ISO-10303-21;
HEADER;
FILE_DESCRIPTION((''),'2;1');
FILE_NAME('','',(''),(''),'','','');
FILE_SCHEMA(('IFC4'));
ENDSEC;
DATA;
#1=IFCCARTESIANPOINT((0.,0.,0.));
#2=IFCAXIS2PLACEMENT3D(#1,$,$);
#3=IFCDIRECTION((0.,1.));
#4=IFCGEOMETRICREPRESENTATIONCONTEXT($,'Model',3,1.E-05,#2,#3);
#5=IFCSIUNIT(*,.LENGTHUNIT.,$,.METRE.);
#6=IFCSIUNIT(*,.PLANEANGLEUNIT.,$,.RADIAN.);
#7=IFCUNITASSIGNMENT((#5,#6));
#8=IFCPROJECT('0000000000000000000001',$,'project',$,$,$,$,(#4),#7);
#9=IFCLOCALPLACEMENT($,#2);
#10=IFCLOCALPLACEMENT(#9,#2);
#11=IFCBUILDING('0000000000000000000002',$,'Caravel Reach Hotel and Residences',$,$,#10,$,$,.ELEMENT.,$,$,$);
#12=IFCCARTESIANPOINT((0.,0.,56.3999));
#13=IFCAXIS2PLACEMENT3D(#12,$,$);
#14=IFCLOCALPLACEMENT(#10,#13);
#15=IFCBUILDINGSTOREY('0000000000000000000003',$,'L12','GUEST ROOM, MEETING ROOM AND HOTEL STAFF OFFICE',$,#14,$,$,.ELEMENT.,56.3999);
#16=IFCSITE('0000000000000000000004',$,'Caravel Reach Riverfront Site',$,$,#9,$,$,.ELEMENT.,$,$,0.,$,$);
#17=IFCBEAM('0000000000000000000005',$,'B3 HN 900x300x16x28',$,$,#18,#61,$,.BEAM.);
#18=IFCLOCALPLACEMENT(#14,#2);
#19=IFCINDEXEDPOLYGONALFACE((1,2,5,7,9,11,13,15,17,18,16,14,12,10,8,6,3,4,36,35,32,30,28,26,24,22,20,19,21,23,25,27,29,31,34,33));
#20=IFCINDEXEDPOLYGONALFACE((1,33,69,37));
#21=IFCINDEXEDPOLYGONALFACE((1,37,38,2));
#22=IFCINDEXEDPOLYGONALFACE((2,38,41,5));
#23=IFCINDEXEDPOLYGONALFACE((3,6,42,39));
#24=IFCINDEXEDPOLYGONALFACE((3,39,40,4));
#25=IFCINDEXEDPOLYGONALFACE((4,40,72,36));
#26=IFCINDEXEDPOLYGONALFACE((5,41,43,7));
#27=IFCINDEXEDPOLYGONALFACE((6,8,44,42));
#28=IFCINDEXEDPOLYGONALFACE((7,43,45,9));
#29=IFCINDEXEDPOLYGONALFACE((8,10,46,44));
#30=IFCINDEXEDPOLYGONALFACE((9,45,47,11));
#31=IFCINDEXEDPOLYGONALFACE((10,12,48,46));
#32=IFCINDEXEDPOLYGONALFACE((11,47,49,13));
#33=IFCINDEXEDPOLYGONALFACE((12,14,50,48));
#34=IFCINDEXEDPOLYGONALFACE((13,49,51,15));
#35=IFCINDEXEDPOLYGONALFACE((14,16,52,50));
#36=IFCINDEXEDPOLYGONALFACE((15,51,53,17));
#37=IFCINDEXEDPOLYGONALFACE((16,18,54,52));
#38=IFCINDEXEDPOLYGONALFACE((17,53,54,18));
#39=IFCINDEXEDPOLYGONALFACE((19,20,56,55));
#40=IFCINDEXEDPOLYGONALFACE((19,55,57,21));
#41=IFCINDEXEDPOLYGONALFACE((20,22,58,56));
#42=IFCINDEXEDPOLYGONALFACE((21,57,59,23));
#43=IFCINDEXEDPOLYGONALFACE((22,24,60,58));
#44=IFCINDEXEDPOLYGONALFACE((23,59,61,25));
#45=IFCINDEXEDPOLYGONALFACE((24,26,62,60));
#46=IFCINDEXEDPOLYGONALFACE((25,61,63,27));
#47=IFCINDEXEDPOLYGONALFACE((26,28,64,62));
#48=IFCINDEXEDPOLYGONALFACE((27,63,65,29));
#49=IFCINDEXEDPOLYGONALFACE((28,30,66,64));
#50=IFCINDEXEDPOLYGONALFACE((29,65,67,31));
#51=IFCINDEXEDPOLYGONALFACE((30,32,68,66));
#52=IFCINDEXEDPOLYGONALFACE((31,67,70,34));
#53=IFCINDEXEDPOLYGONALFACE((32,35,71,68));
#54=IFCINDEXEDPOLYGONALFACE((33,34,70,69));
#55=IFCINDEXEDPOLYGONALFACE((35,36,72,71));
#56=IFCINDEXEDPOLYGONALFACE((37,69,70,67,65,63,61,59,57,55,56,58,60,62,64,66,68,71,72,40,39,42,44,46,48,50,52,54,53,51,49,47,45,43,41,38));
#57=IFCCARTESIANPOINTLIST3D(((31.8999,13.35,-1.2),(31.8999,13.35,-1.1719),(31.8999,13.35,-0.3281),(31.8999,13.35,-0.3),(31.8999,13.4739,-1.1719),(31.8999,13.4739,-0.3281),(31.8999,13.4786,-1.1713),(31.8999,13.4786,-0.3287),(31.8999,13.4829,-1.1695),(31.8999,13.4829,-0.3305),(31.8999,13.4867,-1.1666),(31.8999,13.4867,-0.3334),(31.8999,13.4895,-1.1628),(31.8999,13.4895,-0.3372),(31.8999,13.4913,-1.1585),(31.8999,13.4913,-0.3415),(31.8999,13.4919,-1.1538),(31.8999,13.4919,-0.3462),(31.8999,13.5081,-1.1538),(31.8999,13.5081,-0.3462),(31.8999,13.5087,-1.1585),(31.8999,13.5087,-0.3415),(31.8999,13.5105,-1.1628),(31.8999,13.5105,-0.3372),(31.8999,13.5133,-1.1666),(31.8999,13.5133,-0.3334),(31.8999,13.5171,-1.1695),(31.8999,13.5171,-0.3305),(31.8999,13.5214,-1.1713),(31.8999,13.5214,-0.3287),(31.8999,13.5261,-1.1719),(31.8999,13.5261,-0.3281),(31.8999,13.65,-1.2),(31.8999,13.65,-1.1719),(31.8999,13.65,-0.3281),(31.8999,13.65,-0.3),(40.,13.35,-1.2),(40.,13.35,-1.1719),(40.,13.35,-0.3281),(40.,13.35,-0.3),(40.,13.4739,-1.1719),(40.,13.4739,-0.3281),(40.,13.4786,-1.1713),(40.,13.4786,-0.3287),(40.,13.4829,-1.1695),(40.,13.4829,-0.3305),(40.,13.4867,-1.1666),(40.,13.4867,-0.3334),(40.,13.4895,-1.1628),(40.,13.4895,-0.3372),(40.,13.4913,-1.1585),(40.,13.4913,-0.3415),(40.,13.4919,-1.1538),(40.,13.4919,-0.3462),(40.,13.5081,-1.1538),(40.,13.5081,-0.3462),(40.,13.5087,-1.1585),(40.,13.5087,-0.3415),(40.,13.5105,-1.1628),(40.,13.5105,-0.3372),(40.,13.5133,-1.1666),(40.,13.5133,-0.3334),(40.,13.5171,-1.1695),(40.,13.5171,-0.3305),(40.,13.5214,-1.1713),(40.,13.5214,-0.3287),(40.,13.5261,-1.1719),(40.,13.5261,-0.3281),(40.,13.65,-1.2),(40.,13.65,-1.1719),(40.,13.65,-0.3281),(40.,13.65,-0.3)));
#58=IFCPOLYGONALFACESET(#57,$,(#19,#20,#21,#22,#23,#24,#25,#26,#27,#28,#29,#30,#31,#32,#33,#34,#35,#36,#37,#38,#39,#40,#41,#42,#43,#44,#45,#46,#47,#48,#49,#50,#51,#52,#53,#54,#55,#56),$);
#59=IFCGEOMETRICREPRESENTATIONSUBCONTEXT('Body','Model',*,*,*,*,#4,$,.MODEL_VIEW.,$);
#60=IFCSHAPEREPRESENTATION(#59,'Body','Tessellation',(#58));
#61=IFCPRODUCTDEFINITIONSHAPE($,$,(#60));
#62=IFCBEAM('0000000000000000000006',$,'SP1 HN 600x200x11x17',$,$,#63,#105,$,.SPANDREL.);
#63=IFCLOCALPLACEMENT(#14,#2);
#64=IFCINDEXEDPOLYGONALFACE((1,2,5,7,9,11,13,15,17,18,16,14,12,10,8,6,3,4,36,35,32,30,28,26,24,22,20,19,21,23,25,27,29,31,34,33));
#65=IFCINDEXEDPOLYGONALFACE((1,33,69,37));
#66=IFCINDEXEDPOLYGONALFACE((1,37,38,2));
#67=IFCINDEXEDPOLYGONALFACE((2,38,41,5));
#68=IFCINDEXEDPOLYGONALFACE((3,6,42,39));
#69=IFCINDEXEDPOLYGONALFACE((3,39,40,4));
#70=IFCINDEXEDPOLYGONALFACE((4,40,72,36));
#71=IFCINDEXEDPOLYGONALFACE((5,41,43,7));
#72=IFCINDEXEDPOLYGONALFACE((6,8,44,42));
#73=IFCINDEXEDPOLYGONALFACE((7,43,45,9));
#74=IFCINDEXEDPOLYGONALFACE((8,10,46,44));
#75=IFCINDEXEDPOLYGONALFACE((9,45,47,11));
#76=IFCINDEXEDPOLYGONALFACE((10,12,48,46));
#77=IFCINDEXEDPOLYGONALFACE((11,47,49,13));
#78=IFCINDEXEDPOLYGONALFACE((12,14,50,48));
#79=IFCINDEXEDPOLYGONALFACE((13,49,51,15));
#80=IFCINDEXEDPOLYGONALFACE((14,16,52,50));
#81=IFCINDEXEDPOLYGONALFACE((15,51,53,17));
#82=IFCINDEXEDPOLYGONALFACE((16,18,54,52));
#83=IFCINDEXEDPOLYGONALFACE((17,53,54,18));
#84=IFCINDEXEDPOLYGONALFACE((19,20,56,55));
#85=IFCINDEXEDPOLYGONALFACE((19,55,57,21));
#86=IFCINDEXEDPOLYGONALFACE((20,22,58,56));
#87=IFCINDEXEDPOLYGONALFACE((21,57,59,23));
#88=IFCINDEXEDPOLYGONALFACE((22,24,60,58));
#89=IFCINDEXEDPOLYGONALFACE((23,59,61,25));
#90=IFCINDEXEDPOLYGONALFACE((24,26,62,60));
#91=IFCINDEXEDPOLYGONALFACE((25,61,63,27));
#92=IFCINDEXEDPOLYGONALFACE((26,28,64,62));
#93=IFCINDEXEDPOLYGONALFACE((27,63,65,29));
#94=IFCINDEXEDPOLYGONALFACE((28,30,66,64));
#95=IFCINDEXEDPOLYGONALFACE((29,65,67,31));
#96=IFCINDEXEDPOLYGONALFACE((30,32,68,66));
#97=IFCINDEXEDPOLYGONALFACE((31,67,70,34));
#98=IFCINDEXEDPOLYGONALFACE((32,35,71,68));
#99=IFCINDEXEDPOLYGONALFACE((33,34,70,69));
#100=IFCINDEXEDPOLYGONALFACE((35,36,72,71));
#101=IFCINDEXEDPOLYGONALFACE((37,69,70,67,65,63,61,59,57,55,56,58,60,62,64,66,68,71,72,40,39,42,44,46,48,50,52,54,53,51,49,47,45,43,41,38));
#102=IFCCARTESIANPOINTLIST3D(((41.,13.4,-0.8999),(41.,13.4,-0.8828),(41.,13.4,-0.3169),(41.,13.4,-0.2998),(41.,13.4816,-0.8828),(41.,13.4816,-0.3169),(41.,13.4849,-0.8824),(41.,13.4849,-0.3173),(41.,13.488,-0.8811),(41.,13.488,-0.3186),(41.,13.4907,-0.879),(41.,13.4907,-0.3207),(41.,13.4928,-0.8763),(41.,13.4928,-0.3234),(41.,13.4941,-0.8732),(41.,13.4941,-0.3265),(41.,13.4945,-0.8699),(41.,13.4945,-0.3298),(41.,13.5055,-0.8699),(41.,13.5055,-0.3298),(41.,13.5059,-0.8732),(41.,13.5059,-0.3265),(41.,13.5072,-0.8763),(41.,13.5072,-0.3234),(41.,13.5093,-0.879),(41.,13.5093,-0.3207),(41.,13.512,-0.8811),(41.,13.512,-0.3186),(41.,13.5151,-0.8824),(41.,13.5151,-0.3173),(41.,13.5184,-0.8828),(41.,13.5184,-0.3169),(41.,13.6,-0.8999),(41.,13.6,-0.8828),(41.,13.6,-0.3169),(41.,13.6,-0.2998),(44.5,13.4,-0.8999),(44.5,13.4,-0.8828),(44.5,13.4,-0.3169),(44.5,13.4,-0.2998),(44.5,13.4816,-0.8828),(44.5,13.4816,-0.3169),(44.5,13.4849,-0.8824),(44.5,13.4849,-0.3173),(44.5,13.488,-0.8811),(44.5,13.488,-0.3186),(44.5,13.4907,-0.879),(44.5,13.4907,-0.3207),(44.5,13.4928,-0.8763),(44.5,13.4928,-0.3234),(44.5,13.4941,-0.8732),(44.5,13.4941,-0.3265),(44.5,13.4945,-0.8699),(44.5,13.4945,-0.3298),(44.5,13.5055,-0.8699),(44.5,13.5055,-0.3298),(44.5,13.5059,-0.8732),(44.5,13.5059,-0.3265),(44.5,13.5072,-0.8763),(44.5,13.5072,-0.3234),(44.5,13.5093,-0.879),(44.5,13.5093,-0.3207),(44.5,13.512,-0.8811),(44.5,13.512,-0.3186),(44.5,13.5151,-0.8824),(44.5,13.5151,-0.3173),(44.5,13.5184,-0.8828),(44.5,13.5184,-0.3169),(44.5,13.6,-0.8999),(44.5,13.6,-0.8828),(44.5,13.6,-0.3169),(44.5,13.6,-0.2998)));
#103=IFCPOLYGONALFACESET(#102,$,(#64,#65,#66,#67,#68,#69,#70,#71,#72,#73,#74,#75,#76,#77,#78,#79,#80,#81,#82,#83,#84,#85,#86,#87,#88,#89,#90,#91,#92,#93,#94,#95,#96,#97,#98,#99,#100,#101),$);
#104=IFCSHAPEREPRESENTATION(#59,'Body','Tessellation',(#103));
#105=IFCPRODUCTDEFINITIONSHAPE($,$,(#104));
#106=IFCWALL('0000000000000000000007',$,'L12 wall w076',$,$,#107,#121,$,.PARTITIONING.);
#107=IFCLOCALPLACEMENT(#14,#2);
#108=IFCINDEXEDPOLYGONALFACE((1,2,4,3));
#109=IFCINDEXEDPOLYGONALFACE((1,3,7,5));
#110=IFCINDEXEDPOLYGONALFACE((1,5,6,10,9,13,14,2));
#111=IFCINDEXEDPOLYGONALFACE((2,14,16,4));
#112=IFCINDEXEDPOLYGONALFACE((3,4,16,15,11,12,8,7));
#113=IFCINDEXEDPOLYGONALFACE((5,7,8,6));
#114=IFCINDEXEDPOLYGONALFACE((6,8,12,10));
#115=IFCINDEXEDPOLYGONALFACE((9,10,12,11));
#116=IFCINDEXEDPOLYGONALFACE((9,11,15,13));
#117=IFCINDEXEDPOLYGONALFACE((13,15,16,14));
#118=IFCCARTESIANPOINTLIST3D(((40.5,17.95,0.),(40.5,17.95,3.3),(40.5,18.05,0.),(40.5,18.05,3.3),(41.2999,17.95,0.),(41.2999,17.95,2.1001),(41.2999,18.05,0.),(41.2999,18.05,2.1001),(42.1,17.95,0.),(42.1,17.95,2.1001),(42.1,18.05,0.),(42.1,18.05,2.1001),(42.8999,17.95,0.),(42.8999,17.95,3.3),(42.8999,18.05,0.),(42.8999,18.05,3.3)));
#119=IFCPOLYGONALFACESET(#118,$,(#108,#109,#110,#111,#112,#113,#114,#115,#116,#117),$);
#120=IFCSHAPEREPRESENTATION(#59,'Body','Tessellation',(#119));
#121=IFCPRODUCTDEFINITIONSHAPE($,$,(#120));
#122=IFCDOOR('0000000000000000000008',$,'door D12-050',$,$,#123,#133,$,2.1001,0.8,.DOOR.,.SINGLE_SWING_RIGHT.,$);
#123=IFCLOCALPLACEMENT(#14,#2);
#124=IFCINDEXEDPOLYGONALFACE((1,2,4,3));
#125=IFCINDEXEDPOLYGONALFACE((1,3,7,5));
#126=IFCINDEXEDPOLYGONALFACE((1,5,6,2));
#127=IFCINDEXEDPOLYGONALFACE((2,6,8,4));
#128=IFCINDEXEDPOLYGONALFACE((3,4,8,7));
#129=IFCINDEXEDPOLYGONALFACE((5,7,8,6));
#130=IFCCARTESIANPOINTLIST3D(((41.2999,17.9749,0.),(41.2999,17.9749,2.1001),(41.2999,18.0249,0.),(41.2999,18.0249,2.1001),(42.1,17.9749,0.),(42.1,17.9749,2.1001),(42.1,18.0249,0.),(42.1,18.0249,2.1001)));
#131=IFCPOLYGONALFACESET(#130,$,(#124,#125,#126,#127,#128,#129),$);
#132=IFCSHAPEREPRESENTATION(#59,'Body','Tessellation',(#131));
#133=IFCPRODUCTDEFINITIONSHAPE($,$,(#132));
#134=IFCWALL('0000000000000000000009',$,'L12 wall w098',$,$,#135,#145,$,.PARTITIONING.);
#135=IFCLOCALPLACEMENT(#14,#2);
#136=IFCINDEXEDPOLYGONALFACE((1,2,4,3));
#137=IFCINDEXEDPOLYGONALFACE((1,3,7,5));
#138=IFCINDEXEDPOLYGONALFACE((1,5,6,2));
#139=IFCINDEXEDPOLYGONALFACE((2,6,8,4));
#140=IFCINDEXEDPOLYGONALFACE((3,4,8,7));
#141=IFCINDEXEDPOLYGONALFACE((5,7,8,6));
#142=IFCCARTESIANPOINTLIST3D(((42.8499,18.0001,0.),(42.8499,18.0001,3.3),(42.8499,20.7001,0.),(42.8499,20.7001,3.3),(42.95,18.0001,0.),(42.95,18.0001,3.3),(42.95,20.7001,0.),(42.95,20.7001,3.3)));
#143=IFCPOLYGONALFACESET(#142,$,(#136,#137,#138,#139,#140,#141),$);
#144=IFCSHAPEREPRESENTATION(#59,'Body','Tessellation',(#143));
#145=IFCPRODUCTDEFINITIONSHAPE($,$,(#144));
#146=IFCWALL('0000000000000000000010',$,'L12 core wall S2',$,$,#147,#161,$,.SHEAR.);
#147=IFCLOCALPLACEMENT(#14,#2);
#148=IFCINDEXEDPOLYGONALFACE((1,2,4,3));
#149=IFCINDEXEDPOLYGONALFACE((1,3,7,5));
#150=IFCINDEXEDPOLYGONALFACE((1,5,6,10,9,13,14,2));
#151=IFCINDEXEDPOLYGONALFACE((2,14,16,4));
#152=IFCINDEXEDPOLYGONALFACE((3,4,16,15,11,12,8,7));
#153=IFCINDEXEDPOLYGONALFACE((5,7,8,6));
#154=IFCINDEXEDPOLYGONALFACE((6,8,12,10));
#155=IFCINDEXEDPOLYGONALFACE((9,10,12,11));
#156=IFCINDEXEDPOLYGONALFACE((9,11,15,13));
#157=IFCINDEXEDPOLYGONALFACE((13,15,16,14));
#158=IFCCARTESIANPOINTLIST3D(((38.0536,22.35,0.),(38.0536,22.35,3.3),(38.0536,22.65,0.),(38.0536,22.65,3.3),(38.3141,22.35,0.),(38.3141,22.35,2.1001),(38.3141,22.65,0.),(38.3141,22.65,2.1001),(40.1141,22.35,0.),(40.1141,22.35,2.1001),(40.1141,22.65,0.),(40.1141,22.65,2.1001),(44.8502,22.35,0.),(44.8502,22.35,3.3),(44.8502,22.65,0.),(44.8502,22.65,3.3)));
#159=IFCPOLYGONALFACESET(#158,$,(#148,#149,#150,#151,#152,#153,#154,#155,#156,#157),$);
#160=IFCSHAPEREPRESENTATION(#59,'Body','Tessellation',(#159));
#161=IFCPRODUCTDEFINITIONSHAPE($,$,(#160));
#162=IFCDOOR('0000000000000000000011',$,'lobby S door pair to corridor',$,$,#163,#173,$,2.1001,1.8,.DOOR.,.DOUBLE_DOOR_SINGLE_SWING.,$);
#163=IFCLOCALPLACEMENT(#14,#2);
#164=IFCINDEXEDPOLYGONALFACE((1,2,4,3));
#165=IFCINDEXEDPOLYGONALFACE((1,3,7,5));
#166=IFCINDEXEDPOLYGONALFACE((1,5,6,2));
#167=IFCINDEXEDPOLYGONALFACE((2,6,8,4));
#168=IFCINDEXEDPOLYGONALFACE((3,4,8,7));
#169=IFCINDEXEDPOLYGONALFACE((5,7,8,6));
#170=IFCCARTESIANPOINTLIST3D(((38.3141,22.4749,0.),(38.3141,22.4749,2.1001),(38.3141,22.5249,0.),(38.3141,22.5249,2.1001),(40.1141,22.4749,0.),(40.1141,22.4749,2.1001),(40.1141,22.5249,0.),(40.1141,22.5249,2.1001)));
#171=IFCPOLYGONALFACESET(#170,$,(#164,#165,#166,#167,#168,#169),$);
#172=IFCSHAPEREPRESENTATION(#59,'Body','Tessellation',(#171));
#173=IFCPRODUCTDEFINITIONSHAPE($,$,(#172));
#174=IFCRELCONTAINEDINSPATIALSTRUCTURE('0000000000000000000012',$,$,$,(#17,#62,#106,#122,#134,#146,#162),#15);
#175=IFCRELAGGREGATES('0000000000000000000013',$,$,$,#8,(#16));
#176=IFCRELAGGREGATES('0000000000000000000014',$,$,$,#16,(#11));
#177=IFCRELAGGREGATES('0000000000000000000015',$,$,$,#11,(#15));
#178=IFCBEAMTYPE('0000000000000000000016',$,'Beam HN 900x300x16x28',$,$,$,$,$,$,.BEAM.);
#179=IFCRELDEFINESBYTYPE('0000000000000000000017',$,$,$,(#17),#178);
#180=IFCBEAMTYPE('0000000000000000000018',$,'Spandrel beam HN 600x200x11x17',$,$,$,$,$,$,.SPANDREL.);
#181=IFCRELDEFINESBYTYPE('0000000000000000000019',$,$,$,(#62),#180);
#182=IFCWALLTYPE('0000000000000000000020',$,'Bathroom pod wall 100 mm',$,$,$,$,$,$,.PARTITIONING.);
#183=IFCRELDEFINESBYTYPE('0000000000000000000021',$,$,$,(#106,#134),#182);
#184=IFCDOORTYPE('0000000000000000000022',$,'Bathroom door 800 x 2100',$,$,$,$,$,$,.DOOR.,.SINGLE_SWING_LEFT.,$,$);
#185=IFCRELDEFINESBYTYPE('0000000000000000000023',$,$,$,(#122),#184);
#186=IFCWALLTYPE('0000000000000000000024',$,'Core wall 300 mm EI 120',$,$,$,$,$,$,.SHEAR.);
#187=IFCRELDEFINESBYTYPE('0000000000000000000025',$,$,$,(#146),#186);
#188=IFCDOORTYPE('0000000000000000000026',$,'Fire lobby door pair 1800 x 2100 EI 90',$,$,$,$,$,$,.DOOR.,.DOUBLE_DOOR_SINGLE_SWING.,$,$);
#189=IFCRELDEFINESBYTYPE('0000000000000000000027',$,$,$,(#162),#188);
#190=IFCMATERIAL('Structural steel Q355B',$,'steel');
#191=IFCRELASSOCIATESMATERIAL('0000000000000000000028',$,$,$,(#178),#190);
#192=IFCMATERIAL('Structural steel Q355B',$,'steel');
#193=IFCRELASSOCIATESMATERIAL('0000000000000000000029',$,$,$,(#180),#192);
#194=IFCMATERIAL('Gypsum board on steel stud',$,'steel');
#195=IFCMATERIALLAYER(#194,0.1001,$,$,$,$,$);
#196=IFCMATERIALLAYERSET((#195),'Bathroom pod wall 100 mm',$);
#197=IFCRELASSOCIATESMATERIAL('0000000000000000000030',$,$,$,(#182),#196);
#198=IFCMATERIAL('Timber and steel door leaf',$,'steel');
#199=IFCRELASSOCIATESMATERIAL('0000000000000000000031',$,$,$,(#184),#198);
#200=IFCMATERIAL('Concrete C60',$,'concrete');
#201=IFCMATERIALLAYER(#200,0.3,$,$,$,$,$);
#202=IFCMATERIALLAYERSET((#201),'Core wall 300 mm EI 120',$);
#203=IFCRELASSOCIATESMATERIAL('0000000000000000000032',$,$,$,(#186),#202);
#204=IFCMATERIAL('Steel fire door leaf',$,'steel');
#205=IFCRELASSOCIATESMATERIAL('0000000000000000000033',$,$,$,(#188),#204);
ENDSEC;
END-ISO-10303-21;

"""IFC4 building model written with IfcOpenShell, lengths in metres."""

from ifc_helpers import new_model, si_unit, direction, frame, frame_2d, origin, origin_2d, place, context, subcontext, project, spatial, rectangle, i_section, extrude, material, layer, layer_set, material_profile, profile_set, type_object, element, fill, save


model = new_model("IFC4")

# Units and contexts
model_context = context("Model", 3, precision=1e-05, world=origin(), true_north=direction((0.0, 1.0)))
body_context = subcontext(model_context, "Body", "Model", "MODEL_VIEW")
ifc_project = project(units=[si_unit("LENGTHUNIT", "METRE"), si_unit("PLANEANGLEUNIT", "RADIAN")], contexts=[model_context])

# Site, building, storey
site_placement = place(None, origin())
site = spatial("IfcSite", under=ifc_project, at=site_placement, Name="Caravel Reach Riverfront Site", CompositionType="ELEMENT", RefElevation=0.0)
building_placement = place(site_placement, origin())
building = spatial("IfcBuilding", under=site, at=building_placement, Name="Caravel Reach Hotel and Residences", CompositionType="ELEMENT")
storey_placement = place(building_placement, frame((0.0, 0.0, 56.3999)))
storey = spatial("IfcBuildingStorey", under=building, at=storey_placement, Name="L12", Description="GUEST ROOM, MEETING ROOM AND HOTEL STAFF OFFICE", CompositionType="ELEMENT", Elevation=56.3999)

# Beams
ifc_material_1 = material(Name="Structural steel Q355B", Category="steel")
ifc_material_profile_1 = material_profile(ifc_material_1, i_section(OverallWidth=0.3, OverallDepth=0.8999, WebThickness=0.0161, FlangeThickness=0.0281, FilletRadius=0.0181, at=origin_2d()), Name="HN 900x300x16x28")
ifc_profile_set_1 = profile_set([ifc_material_profile_1], Name="Structural steel Q355B")
beam_type_1 = type_object("IfcBeamType", Name="Beam HN 900x300x16x28", PredefinedType="BEAM", material=ifc_profile_set_1)
beam_1_placement = place(storey_placement, frame((31.8999, 13.5, -0.75), z_axis=(1.0, 0.0, 0.0), x_axis=(0.0, 1.0, 0.0)))
element("IfcBeam", 1, at=beam_1_placement, inside=storey, type_object=beam_type_1, Name="B3 HN 900x300x16x28", PredefinedType="BEAM", context=body_context, shape_type="SweptSolid", body=[
    extrude(i_section(OverallWidth=0.3, OverallDepth=0.8999, WebThickness=0.0161, FlangeThickness=0.0281, FilletRadius=0.0181, at=origin_2d()), origin(), (0.0, 0.0, 1.0), 8.1001),
])
ifc_material_2 = material(Name="Structural steel Q355B", Category="steel")
ifc_material_profile_2 = material_profile(ifc_material_2, i_section(OverallWidth=0.2, OverallDepth=0.6001, WebThickness=0.011, FlangeThickness=0.0171, FilletRadius=0.0129, at=origin_2d()), Name="HN 600x200x11x17")
ifc_profile_set_2 = profile_set([ifc_material_profile_2], Name="Structural steel Q355B")
beam_type_2 = type_object("IfcBeamType", Name="Spandrel beam HN 600x200x11x17", PredefinedType="SPANDREL", material=ifc_profile_set_2)
beam_2_placement = place(storey_placement, frame((41.0, 13.5, -0.5999), z_axis=(1.0, 0.0, 0.0), x_axis=(0.0, 1.0, 0.0)))
element("IfcBeam", 2, at=beam_2_placement, inside=storey, type_object=beam_type_2, Name="SP1 HN 600x200x11x17", PredefinedType="SPANDREL", context=body_context, shape_type="SweptSolid", body=[
    extrude(i_section(OverallWidth=0.2, OverallDepth=0.6001, WebThickness=0.011, FlangeThickness=0.0171, FilletRadius=0.0129, at=origin_2d()), origin(), (0.0, 0.0, 1.0), 3.5),
])

# Wall, opening, door
ifc_material_3 = material(Name="Gypsum board on steel stud", Category="steel")
ifc_layer_1 = layer(ifc_material_3, 0.1001)
ifc_layer_set_1 = layer_set([ifc_layer_1], Name="Bathroom pod wall 100 mm")
wall_type_1 = type_object("IfcWallType", Name="Bathroom pod wall 100 mm", PredefinedType="PARTITIONING", material=ifc_layer_set_1)
wall_1_placement = place(storey_placement, frame((40.5, 18.0, 0.0), z_axis=(0.0, 0.0, 1.0), x_axis=(1.0, 0.0, 0.0)))
wall_1 = element("IfcWall", 3, at=wall_1_placement, inside=storey, type_object=wall_type_1, Name="L12 wall w076", PredefinedType="PARTITIONING", context=body_context, shape_type="SweptSolid", body=[
    extrude(rectangle(XDim=2.3999, YDim=0.1001, at=frame_2d((1.2, 0.0))), origin(), (0.0, 0.0, 1.0), 3.3),
])
opening_1_placement = place(wall_1_placement, frame((0.8, 0.0, 0.0)))
opening_1 = element("IfcOpeningElement", 4, at=opening_1_placement, cuts=wall_1, PredefinedType="OPENING", context=body_context, shape_type="SweptSolid", body=[
    extrude(rectangle(XDim=0.8, YDim=2.1001, at=frame_2d((0.3999, 1.05))), frame((0.0, 0.0601, 0.0), z_axis=(0.0, -1.0, 0.0), x_axis=(1.0, 0.0, 0.0)), (0.0, 0.0, 1.0), 0.1201),
])
ifc_material_4 = material(Name="Timber and steel door leaf", Category="steel")
door_type_1 = type_object("IfcDoorType", Name="Bathroom door 800 x 2100", OperationType="SINGLE_SWING_LEFT", PredefinedType="DOOR", material=ifc_material_4)
door_1_placement = place(opening_1_placement, origin())
door_1 = element("IfcDoor", 5, at=door_1_placement, inside=storey, type_object=door_type_1, Name="door D12-050", OperationType="SINGLE_SWING_RIGHT", OverallHeight=2.1001, OverallWidth=0.8, PredefinedType="DOOR", context=body_context, shape_type="SweptSolid", body=[
    extrude(rectangle(XDim=0.8, YDim=2.1001, at=frame_2d((0.3999, 1.05))), frame((0.0, 0.0249, 0.0), z_axis=(0.0, -1.0, 0.0), x_axis=(1.0, 0.0, 0.0)), (0.0, 0.0, 1.0), 0.05),
])
fill(opening_1, door_1)

# Wall
wall_2_placement = place(storey_placement, frame((42.8999, 18.0, 0.0), z_axis=(0.0, 0.0, 1.0), x_axis=(0.0, 1.0, 0.0)))
element("IfcWall", 6, at=wall_2_placement, inside=storey, type_object=wall_type_1, Name="L12 wall w098", PredefinedType="PARTITIONING", context=body_context, shape_type="SweptSolid", body=[
    extrude(rectangle(XDim=2.7, YDim=0.1001, at=frame_2d((1.3501, 0.0))), origin(), (0.0, 0.0, 1.0), 3.3),
])

# Wall, opening, door
ifc_material_5 = material(Name="Concrete C60", Category="concrete")
ifc_layer_2 = layer(ifc_material_5, 0.3)
ifc_layer_set_2 = layer_set([ifc_layer_2], Name="Core wall 300 mm EI 120")
wall_type_2 = type_object("IfcWallType", Name="Core wall 300 mm EI 120", PredefinedType="SHEAR", material=ifc_layer_set_2)
wall_3_placement = place(storey_placement, frame((38.0535, 22.5, 0.0), z_axis=(0.0, 0.0, 1.0), x_axis=(1.0, 0.0, 0.0)))
wall_3 = element("IfcWall", 7, at=wall_3_placement, inside=storey, type_object=wall_type_2, Name="L12 core wall S2", PredefinedType="SHEAR", context=body_context, shape_type="SweptSolid", body=[
    extrude(rectangle(XDim=6.7966, YDim=0.3, at=frame_2d((3.3984, 0.0))), origin(), (0.0, 0.0, 1.0), 3.3),
])
opening_2_placement = place(wall_3_placement, frame((0.2607, 0.0, 0.0)))
opening_2 = element("IfcOpeningElement", 8, at=opening_2_placement, cuts=wall_3, PredefinedType="OPENING", context=body_context, shape_type="SweptSolid", body=[
    extrude(rectangle(XDim=1.8, YDim=2.1001, at=frame_2d((0.8999, 1.05))), frame((0.0, 0.1599, 0.0), z_axis=(0.0, -1.0, 0.0), x_axis=(1.0, 0.0, 0.0)), (0.0, 0.0, 1.0), 0.3201),
])
ifc_material_6 = material(Name="Steel fire door leaf", Category="steel")
door_type_2 = type_object("IfcDoorType", Name="Fire lobby door pair 1800 x 2100 EI 90", OperationType="DOUBLE_DOOR_SINGLE_SWING", PredefinedType="DOOR", material=ifc_material_6)
door_2_placement = place(opening_2_placement, origin())
door_2 = element("IfcDoor", 9, at=door_2_placement, inside=storey, type_object=door_type_2, Name="lobby S door pair to corridor", OperationType="DOUBLE_DOOR_SINGLE_SWING", OverallHeight=2.1001, OverallWidth=1.8, PredefinedType="DOOR", context=body_context, shape_type="SweptSolid", body=[
    extrude(rectangle(XDim=1.8, YDim=2.1001, at=frame_2d((0.8999, 1.05))), frame((0.0, 0.0249, 0.0), z_axis=(0.0, -1.0, 0.0), x_axis=(1.0, 0.0, 0.0)), (0.0, 0.0, 1.0), 0.05),
])
fill(opening_2, door_2)

save(model, "model.ifc")
